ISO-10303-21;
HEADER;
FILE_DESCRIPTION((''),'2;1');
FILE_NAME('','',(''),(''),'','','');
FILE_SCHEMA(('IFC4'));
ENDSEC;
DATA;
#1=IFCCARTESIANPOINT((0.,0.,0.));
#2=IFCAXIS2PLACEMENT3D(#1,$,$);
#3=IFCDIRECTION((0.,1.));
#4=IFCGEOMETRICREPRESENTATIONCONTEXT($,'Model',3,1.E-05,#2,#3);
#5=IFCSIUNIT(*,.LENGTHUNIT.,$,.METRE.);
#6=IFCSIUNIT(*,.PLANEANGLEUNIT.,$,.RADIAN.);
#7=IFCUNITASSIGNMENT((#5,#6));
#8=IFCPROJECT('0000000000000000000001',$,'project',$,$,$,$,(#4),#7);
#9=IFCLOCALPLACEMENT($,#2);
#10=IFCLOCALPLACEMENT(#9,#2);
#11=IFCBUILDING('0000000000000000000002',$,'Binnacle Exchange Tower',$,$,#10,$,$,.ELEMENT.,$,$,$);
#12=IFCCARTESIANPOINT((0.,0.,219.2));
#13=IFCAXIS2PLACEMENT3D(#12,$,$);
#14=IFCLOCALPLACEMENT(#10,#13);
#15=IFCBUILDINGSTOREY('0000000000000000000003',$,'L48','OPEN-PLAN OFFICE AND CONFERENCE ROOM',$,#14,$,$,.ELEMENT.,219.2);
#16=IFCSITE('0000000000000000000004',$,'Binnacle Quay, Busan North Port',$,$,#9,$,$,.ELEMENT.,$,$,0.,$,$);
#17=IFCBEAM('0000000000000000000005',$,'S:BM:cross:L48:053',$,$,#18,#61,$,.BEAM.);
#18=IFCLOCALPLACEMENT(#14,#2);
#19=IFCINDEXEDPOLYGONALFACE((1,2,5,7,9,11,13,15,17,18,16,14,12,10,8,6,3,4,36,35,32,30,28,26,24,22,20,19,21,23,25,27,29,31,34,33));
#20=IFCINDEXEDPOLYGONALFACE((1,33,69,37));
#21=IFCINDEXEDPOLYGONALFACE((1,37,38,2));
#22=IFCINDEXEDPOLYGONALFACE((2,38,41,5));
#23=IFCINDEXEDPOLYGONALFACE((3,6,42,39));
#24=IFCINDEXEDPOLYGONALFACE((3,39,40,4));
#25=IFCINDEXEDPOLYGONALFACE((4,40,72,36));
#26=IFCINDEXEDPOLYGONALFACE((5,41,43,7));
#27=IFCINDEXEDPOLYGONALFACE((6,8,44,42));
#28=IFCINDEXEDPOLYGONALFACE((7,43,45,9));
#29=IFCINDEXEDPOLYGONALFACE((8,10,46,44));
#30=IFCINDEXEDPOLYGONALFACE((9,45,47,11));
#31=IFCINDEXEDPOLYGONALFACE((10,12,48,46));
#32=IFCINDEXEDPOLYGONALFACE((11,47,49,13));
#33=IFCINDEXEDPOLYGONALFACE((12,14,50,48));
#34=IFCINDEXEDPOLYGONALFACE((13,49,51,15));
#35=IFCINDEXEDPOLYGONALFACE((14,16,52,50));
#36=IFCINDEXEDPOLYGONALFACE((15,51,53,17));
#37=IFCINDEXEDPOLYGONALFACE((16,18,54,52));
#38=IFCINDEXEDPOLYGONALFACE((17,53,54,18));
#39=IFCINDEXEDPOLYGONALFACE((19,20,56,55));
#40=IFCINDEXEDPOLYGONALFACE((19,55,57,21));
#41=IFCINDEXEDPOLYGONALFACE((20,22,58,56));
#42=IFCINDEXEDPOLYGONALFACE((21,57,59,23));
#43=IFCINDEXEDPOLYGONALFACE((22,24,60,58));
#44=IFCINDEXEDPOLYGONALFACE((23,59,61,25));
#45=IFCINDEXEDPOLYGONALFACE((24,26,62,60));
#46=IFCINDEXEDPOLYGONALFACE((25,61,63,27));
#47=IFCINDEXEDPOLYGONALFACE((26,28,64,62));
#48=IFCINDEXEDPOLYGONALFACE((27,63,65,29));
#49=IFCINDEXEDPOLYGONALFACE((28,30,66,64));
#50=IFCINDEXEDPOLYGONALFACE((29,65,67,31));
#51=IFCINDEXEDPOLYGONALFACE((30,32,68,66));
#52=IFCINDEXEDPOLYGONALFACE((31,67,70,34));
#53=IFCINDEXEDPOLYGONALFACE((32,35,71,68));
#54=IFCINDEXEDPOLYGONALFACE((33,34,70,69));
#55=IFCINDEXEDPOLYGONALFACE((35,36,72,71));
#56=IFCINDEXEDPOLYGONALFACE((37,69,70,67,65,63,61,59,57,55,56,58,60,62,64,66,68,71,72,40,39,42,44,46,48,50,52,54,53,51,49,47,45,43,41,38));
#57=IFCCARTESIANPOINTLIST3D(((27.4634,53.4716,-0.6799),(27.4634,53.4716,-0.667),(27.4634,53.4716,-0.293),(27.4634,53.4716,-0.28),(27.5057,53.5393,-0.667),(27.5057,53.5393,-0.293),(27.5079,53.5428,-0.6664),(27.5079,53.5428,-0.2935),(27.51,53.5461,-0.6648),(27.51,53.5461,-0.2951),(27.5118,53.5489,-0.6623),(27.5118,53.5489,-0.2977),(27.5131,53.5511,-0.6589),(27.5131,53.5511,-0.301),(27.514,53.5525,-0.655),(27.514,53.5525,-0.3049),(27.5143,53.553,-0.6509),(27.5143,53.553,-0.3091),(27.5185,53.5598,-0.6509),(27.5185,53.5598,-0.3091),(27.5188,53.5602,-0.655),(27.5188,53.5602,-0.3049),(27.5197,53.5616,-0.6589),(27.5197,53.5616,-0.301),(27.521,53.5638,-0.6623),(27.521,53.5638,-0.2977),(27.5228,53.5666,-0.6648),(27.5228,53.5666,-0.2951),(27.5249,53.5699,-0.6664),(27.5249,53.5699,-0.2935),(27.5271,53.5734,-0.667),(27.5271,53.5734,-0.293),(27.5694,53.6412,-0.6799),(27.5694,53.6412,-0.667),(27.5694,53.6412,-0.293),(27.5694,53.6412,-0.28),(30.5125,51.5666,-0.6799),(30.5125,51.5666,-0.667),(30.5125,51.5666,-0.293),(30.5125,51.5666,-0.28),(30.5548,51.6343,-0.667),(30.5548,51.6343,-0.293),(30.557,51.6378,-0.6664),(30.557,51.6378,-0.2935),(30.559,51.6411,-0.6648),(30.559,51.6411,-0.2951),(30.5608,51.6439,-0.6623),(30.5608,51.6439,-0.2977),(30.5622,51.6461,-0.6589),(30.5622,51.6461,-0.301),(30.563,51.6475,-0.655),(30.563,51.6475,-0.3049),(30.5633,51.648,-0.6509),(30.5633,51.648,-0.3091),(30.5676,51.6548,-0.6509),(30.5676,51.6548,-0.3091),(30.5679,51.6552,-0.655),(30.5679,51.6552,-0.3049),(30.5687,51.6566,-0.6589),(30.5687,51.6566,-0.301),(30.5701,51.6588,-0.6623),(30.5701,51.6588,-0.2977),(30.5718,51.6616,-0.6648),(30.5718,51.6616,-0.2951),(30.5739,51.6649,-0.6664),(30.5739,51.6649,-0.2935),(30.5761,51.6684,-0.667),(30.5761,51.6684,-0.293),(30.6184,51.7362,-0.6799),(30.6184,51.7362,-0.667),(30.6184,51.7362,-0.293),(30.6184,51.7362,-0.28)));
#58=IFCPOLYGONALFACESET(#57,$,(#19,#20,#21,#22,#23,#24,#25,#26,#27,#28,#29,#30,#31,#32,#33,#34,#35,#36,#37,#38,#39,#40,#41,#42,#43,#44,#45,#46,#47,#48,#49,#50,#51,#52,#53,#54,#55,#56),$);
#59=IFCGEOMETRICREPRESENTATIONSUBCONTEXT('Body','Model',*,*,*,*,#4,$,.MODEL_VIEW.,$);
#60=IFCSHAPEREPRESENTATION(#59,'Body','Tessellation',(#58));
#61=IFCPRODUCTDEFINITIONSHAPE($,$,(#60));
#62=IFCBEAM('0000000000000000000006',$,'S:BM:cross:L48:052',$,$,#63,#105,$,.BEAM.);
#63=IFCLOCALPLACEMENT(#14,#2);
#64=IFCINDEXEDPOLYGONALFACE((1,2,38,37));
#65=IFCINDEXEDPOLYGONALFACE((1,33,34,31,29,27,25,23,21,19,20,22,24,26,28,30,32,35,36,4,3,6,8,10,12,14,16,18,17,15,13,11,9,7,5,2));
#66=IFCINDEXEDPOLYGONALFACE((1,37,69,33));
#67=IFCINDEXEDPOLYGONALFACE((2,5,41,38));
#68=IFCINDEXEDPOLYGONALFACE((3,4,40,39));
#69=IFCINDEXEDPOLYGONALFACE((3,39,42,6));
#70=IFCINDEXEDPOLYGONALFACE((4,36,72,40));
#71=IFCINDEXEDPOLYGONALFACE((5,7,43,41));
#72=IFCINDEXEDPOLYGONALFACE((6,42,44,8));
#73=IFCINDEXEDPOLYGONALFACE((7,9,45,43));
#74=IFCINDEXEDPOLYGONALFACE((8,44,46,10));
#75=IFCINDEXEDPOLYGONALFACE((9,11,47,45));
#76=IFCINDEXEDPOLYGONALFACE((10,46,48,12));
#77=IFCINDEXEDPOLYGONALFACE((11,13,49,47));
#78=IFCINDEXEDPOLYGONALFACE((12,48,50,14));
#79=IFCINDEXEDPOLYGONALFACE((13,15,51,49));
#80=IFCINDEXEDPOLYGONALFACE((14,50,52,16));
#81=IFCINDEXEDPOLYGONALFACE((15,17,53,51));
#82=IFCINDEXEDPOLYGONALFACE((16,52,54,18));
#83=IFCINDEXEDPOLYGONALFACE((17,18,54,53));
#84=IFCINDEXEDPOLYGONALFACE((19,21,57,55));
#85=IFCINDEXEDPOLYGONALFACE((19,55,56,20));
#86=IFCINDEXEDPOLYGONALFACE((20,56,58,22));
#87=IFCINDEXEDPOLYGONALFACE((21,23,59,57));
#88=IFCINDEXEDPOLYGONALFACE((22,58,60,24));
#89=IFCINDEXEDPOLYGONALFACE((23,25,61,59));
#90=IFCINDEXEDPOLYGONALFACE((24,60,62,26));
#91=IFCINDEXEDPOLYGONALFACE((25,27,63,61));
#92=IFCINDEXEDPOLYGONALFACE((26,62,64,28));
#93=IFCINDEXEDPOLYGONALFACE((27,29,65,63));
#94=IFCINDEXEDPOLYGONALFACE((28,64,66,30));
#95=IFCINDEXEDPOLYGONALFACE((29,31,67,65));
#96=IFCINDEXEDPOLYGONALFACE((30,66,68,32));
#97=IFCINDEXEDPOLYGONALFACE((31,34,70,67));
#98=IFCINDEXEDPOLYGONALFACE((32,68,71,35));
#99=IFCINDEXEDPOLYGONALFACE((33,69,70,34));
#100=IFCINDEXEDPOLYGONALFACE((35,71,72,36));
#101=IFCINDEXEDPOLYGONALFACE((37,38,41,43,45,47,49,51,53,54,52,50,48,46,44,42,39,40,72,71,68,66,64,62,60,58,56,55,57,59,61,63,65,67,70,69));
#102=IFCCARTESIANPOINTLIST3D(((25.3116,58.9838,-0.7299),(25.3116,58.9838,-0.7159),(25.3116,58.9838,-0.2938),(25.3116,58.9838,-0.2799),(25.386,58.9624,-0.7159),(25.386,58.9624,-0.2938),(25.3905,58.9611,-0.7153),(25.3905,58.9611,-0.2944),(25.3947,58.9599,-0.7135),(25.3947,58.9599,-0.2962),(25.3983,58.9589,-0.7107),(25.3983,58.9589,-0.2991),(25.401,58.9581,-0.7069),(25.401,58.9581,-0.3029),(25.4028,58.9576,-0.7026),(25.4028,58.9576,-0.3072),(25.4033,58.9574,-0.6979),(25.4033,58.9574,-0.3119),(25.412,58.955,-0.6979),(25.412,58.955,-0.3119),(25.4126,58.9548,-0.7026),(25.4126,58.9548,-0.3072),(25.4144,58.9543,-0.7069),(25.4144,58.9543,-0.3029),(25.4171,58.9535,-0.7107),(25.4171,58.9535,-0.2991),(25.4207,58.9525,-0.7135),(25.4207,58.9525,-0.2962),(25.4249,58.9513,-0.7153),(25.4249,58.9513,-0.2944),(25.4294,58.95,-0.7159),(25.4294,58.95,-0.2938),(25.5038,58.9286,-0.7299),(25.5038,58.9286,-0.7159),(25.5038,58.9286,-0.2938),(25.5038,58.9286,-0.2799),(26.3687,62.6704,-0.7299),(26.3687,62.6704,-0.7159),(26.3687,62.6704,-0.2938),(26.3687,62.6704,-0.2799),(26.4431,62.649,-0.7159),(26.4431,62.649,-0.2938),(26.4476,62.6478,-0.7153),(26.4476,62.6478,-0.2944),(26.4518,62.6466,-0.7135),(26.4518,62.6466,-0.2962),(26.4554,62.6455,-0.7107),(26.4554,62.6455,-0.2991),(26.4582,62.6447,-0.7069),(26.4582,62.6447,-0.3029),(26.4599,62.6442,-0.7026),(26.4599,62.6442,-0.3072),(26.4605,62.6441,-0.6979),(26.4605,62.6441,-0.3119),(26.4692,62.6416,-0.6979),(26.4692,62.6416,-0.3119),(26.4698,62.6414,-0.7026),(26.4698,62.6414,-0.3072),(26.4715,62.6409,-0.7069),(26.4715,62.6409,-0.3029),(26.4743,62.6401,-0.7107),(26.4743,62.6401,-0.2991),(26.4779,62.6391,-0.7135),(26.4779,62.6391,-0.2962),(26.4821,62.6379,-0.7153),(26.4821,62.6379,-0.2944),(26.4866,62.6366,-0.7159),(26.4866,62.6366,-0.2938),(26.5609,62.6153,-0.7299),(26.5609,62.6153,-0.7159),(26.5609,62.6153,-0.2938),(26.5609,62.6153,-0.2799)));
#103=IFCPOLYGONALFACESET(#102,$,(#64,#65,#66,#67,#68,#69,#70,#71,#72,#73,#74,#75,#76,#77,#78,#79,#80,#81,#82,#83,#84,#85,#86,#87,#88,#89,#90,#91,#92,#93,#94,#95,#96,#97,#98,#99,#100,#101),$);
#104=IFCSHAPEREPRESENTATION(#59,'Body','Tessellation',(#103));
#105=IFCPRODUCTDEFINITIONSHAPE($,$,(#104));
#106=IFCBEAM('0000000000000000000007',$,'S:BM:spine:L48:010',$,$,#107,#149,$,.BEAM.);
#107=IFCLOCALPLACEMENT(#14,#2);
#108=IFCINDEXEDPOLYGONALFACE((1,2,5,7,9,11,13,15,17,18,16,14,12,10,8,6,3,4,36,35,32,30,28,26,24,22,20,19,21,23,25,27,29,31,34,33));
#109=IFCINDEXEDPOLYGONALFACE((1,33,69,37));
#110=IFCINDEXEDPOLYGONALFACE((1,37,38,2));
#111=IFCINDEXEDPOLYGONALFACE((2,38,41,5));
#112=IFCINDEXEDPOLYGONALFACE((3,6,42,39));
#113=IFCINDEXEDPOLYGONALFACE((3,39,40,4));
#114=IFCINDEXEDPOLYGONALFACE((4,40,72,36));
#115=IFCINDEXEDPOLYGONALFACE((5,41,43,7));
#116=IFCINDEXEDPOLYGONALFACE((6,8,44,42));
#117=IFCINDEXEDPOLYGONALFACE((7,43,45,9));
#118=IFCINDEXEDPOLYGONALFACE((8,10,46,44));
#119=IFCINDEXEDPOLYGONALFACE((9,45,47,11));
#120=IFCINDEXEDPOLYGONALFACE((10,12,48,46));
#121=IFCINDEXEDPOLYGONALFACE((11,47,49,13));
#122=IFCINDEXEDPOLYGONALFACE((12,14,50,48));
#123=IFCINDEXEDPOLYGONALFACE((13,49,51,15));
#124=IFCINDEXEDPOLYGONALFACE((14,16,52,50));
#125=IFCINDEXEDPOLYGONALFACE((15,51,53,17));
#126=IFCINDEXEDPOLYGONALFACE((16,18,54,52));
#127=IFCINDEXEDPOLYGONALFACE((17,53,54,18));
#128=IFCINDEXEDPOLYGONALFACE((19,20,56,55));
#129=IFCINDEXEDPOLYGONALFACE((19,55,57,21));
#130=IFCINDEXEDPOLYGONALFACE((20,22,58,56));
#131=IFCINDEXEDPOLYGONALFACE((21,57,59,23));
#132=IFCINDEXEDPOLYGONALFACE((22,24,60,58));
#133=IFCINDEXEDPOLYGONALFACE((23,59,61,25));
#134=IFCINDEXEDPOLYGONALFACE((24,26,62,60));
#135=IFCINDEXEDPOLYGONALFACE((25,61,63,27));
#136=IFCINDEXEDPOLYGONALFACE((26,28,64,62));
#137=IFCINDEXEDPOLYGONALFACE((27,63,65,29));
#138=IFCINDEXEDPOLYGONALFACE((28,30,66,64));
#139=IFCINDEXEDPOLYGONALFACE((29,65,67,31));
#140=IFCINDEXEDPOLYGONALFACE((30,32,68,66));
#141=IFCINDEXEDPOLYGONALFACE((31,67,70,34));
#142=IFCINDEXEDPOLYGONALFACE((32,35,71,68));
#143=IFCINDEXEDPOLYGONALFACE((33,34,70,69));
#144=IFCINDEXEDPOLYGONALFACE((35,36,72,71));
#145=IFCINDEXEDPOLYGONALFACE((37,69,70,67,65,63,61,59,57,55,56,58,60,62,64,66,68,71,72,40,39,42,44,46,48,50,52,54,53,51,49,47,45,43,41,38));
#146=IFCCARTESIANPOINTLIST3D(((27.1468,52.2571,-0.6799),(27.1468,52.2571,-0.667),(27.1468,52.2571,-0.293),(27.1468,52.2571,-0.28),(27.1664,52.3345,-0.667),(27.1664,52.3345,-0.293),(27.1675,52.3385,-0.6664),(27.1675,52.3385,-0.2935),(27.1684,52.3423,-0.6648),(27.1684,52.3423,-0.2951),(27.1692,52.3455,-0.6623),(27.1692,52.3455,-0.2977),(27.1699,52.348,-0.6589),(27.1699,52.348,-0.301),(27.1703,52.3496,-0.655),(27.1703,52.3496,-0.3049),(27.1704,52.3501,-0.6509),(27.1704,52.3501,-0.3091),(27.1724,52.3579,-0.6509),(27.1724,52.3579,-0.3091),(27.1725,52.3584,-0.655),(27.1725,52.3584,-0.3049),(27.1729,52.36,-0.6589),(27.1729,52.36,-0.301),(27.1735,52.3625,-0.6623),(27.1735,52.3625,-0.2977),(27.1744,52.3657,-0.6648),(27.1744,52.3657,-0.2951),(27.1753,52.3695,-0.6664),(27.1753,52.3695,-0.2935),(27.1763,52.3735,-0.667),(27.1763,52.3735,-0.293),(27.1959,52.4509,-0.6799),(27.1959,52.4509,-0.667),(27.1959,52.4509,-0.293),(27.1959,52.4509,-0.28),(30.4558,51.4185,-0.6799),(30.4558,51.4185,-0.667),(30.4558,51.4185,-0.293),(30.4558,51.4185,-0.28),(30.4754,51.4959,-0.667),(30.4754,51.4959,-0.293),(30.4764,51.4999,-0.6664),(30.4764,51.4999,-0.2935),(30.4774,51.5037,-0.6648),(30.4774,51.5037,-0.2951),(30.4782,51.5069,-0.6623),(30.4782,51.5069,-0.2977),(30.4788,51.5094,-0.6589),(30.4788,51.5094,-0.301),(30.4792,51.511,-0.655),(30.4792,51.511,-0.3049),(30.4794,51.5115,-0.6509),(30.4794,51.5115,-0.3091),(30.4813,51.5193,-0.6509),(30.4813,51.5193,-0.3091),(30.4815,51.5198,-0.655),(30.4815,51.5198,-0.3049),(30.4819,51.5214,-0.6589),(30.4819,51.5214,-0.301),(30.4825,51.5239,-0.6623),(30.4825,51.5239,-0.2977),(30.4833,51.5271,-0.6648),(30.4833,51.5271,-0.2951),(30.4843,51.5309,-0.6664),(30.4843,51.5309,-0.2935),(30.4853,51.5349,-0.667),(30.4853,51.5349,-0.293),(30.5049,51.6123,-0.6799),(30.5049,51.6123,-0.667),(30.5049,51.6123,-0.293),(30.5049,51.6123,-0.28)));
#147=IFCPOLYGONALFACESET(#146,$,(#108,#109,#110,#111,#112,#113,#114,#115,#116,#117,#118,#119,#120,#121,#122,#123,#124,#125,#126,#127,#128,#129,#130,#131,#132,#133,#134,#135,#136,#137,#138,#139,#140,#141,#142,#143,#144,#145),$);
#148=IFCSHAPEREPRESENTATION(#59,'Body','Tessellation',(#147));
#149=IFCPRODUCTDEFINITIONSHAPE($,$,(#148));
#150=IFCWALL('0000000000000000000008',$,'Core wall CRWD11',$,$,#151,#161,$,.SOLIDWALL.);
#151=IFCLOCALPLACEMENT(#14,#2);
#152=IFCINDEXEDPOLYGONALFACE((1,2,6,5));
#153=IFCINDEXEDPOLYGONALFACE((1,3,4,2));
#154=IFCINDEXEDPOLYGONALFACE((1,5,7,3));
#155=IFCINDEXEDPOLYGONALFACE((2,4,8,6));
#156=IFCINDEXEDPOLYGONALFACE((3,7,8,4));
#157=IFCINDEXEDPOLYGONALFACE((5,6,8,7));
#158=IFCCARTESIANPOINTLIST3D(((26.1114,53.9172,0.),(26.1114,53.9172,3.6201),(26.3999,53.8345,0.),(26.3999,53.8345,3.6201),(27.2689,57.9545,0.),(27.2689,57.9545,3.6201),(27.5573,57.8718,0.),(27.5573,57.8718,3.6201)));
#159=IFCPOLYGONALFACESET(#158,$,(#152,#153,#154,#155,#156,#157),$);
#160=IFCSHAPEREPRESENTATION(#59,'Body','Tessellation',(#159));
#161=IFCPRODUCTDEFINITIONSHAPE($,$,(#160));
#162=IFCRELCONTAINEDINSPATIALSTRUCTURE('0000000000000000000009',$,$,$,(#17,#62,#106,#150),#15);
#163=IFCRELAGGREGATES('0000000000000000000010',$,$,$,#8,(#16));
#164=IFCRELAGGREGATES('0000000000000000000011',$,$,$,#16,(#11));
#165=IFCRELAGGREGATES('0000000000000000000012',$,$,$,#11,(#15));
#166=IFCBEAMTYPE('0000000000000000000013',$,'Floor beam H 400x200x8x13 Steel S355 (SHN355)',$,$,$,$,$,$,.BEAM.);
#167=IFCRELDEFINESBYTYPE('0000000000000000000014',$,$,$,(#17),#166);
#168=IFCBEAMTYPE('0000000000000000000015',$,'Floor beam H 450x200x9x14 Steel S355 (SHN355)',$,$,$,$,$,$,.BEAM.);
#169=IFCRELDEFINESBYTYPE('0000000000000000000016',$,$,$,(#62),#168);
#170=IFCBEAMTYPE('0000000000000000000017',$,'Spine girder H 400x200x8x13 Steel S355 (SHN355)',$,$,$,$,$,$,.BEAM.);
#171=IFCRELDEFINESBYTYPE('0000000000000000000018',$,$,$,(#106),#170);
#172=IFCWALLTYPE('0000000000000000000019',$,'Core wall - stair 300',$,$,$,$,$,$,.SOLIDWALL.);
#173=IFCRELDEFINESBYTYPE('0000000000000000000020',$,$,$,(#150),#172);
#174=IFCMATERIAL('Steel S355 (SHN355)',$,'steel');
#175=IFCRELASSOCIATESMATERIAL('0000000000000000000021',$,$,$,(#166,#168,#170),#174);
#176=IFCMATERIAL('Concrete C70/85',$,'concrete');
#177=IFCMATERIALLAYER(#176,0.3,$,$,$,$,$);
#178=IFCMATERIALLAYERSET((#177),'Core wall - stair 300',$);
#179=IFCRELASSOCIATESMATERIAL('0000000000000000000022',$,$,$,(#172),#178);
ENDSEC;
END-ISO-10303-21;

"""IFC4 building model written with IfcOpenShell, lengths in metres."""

from ifc_helpers import new_model, si_unit, direction, frame, frame_2d, origin, origin_2d, place, context, subcontext, project, spatial, rectangle, i_section, extrude, material, layer, layer_set, material_profile, profile_set, type_object, element, save


model = new_model("IFC4")

# Units and contexts
model_context = context("Model", 3, precision=1e-05, world=origin(), true_north=direction((0.0, 1.0)))
body_context = subcontext(model_context, "Body", "Model", "MODEL_VIEW")
ifc_project = project(units=[si_unit("LENGTHUNIT", "METRE"), si_unit("PLANEANGLEUNIT", "RADIAN")], contexts=[model_context])

# Site, building, storey
site_placement = place(None, origin())
site = spatial("IfcSite", under=ifc_project, at=site_placement, Name="Binnacle Quay, Busan North Port", CompositionType="ELEMENT", RefElevation=0.0)
building_placement = place(site_placement, origin())
building = spatial("IfcBuilding", under=site, at=building_placement, Name="Binnacle Exchange Tower", CompositionType="ELEMENT")
storey_placement = place(building_placement, frame((0.0, 0.0, 219.2)))
storey = spatial("IfcBuildingStorey", under=building, at=storey_placement, Name="L48", Description="OPEN-PLAN OFFICE AND CONFERENCE ROOM", CompositionType="ELEMENT", Elevation=219.2)

# Beams
ifc_material_1 = material(Name="Steel S355 (SHN355)", Category="steel")
ifc_material_profile_1 = material_profile(ifc_material_1, i_section(OverallWidth=0.2, OverallDepth=0.3999, WebThickness=0.0081, FlangeThickness=0.0129, FilletRadius=0.0161, at=origin_2d()), Name="H 400x200x8x13")
ifc_profile_set_1 = profile_set([ifc_material_profile_1], Name="Steel S355 (SHN355)")
beam_type_1 = type_object("IfcBeamType", Name="Floor beam H 400x200x8x13 Steel S355 (SHN355)", PredefinedType="BEAM", material=ifc_profile_set_1)
beam_1_placement = place(storey_placement, frame((30.5654, 51.6514, -0.48), z_axis=(-0.848078, 0.529871, 0.0), x_axis=(-0.529871, -0.848078, 0.0)))
element("IfcBeam", 1, at=beam_1_placement, inside=storey, type_object=beam_type_1, Name="S:BM:cross:L48:053", PredefinedType="BEAM", context=body_context, shape_type="SweptSolid", body=[
    extrude(i_section(OverallWidth=0.2, OverallDepth=0.3999, WebThickness=0.0081, FlangeThickness=0.0129, FilletRadius=0.0161, at=origin_2d()), origin(), (0.0, 0.0, 1.0), 3.5952),
])
ifc_material_profile_2 = material_profile(ifc_material_1, i_section(OverallWidth=0.2, OverallDepth=0.45, WebThickness=0.009, FlangeThickness=0.0139, FilletRadius=0.0181, at=origin_2d()), Name="H 450x200x9x14")
ifc_profile_set_2 = profile_set([ifc_material_profile_2], Name="Steel S355 (SHN355)")
beam_type_2 = type_object("IfcBeamType", Name="Floor beam H 450x200x9x14 Steel S355 (SHN355)", PredefinedType="BEAM", material=ifc_profile_set_2)
beam_2_placement = place(storey_placement, frame((26.4648, 62.6428, -0.5049), z_axis=(-0.275646, -0.961259, 0.0), x_axis=(0.961259, -0.275646, 0.0)))
element("IfcBeam", 2, at=beam_2_placement, inside=storey, type_object=beam_type_2, Name="S:BM:cross:L48:052", PredefinedType="BEAM", context=body_context, shape_type="SweptSolid", body=[
    extrude(i_section(OverallWidth=0.2, OverallDepth=0.45, WebThickness=0.009, FlangeThickness=0.0139, FilletRadius=0.0181, at=origin_2d()), origin(), (0.0, 0.0, 1.0), 3.8352),
])
ifc_material_profile_3 = material_profile(ifc_material_1, i_section(OverallWidth=0.2, OverallDepth=0.3999, WebThickness=0.0081, FlangeThickness=0.0129, FilletRadius=0.0161, at=origin_2d()), Name="H 400x200x8x13")
ifc_profile_set_3 = profile_set([ifc_material_profile_3], Name="Steel S355 (SHN355)")
beam_type_3 = type_object("IfcBeamType", Name="Spine girder H 400x200x8x13 Steel S355 (SHN355)", PredefinedType="BEAM", material=ifc_profile_set_3)
beam_3_placement = place(storey_placement, frame((27.1714, 52.354, -0.48), z_axis=(0.969355, -0.245664, 0.0), x_axis=(0.245664, 0.969355, 0.0)))
element("IfcBeam", 3, at=beam_3_placement, inside=storey, type_object=beam_type_3, Name="S:BM:spine:L48:010", PredefinedType="BEAM", context=body_context, shape_type="SweptSolid", body=[
    extrude(i_section(OverallWidth=0.2, OverallDepth=0.3999, WebThickness=0.0081, FlangeThickness=0.0129, FilletRadius=0.0161, at=origin_2d()), origin(), (0.0, 0.0, 1.0), 3.4136),
])

# Wall
ifc_material_2 = material(Name="Concrete C70/85", Category="concrete")
ifc_layer_1 = layer(ifc_material_2, 0.3)
ifc_layer_set_1 = layer_set([ifc_layer_1], Name="Core wall - stair 300")
wall_type_1 = type_object("IfcWallType", Name="Core wall - stair 300", PredefinedType="SOLIDWALL", material=ifc_layer_set_1)
wall_1_placement = place(storey_placement, frame((26.2556, 53.8757, 0.0), z_axis=(0.0, 0.0, 1.0), x_axis=(0.275589, 0.961276, 0.0)))
element("IfcWall", 4, at=wall_1_placement, inside=storey, type_object=wall_type_1, Name="Core wall CRWD11", PredefinedType="SOLIDWALL", context=body_context, shape_type="SweptSolid", body=[
    extrude(rectangle(XDim=4.2, YDim=0.3, at=frame_2d((2.1001, 0.0))), origin(), (0.0, 0.0, 1.0), 3.6201),
])

save(model, "model.ifc")
